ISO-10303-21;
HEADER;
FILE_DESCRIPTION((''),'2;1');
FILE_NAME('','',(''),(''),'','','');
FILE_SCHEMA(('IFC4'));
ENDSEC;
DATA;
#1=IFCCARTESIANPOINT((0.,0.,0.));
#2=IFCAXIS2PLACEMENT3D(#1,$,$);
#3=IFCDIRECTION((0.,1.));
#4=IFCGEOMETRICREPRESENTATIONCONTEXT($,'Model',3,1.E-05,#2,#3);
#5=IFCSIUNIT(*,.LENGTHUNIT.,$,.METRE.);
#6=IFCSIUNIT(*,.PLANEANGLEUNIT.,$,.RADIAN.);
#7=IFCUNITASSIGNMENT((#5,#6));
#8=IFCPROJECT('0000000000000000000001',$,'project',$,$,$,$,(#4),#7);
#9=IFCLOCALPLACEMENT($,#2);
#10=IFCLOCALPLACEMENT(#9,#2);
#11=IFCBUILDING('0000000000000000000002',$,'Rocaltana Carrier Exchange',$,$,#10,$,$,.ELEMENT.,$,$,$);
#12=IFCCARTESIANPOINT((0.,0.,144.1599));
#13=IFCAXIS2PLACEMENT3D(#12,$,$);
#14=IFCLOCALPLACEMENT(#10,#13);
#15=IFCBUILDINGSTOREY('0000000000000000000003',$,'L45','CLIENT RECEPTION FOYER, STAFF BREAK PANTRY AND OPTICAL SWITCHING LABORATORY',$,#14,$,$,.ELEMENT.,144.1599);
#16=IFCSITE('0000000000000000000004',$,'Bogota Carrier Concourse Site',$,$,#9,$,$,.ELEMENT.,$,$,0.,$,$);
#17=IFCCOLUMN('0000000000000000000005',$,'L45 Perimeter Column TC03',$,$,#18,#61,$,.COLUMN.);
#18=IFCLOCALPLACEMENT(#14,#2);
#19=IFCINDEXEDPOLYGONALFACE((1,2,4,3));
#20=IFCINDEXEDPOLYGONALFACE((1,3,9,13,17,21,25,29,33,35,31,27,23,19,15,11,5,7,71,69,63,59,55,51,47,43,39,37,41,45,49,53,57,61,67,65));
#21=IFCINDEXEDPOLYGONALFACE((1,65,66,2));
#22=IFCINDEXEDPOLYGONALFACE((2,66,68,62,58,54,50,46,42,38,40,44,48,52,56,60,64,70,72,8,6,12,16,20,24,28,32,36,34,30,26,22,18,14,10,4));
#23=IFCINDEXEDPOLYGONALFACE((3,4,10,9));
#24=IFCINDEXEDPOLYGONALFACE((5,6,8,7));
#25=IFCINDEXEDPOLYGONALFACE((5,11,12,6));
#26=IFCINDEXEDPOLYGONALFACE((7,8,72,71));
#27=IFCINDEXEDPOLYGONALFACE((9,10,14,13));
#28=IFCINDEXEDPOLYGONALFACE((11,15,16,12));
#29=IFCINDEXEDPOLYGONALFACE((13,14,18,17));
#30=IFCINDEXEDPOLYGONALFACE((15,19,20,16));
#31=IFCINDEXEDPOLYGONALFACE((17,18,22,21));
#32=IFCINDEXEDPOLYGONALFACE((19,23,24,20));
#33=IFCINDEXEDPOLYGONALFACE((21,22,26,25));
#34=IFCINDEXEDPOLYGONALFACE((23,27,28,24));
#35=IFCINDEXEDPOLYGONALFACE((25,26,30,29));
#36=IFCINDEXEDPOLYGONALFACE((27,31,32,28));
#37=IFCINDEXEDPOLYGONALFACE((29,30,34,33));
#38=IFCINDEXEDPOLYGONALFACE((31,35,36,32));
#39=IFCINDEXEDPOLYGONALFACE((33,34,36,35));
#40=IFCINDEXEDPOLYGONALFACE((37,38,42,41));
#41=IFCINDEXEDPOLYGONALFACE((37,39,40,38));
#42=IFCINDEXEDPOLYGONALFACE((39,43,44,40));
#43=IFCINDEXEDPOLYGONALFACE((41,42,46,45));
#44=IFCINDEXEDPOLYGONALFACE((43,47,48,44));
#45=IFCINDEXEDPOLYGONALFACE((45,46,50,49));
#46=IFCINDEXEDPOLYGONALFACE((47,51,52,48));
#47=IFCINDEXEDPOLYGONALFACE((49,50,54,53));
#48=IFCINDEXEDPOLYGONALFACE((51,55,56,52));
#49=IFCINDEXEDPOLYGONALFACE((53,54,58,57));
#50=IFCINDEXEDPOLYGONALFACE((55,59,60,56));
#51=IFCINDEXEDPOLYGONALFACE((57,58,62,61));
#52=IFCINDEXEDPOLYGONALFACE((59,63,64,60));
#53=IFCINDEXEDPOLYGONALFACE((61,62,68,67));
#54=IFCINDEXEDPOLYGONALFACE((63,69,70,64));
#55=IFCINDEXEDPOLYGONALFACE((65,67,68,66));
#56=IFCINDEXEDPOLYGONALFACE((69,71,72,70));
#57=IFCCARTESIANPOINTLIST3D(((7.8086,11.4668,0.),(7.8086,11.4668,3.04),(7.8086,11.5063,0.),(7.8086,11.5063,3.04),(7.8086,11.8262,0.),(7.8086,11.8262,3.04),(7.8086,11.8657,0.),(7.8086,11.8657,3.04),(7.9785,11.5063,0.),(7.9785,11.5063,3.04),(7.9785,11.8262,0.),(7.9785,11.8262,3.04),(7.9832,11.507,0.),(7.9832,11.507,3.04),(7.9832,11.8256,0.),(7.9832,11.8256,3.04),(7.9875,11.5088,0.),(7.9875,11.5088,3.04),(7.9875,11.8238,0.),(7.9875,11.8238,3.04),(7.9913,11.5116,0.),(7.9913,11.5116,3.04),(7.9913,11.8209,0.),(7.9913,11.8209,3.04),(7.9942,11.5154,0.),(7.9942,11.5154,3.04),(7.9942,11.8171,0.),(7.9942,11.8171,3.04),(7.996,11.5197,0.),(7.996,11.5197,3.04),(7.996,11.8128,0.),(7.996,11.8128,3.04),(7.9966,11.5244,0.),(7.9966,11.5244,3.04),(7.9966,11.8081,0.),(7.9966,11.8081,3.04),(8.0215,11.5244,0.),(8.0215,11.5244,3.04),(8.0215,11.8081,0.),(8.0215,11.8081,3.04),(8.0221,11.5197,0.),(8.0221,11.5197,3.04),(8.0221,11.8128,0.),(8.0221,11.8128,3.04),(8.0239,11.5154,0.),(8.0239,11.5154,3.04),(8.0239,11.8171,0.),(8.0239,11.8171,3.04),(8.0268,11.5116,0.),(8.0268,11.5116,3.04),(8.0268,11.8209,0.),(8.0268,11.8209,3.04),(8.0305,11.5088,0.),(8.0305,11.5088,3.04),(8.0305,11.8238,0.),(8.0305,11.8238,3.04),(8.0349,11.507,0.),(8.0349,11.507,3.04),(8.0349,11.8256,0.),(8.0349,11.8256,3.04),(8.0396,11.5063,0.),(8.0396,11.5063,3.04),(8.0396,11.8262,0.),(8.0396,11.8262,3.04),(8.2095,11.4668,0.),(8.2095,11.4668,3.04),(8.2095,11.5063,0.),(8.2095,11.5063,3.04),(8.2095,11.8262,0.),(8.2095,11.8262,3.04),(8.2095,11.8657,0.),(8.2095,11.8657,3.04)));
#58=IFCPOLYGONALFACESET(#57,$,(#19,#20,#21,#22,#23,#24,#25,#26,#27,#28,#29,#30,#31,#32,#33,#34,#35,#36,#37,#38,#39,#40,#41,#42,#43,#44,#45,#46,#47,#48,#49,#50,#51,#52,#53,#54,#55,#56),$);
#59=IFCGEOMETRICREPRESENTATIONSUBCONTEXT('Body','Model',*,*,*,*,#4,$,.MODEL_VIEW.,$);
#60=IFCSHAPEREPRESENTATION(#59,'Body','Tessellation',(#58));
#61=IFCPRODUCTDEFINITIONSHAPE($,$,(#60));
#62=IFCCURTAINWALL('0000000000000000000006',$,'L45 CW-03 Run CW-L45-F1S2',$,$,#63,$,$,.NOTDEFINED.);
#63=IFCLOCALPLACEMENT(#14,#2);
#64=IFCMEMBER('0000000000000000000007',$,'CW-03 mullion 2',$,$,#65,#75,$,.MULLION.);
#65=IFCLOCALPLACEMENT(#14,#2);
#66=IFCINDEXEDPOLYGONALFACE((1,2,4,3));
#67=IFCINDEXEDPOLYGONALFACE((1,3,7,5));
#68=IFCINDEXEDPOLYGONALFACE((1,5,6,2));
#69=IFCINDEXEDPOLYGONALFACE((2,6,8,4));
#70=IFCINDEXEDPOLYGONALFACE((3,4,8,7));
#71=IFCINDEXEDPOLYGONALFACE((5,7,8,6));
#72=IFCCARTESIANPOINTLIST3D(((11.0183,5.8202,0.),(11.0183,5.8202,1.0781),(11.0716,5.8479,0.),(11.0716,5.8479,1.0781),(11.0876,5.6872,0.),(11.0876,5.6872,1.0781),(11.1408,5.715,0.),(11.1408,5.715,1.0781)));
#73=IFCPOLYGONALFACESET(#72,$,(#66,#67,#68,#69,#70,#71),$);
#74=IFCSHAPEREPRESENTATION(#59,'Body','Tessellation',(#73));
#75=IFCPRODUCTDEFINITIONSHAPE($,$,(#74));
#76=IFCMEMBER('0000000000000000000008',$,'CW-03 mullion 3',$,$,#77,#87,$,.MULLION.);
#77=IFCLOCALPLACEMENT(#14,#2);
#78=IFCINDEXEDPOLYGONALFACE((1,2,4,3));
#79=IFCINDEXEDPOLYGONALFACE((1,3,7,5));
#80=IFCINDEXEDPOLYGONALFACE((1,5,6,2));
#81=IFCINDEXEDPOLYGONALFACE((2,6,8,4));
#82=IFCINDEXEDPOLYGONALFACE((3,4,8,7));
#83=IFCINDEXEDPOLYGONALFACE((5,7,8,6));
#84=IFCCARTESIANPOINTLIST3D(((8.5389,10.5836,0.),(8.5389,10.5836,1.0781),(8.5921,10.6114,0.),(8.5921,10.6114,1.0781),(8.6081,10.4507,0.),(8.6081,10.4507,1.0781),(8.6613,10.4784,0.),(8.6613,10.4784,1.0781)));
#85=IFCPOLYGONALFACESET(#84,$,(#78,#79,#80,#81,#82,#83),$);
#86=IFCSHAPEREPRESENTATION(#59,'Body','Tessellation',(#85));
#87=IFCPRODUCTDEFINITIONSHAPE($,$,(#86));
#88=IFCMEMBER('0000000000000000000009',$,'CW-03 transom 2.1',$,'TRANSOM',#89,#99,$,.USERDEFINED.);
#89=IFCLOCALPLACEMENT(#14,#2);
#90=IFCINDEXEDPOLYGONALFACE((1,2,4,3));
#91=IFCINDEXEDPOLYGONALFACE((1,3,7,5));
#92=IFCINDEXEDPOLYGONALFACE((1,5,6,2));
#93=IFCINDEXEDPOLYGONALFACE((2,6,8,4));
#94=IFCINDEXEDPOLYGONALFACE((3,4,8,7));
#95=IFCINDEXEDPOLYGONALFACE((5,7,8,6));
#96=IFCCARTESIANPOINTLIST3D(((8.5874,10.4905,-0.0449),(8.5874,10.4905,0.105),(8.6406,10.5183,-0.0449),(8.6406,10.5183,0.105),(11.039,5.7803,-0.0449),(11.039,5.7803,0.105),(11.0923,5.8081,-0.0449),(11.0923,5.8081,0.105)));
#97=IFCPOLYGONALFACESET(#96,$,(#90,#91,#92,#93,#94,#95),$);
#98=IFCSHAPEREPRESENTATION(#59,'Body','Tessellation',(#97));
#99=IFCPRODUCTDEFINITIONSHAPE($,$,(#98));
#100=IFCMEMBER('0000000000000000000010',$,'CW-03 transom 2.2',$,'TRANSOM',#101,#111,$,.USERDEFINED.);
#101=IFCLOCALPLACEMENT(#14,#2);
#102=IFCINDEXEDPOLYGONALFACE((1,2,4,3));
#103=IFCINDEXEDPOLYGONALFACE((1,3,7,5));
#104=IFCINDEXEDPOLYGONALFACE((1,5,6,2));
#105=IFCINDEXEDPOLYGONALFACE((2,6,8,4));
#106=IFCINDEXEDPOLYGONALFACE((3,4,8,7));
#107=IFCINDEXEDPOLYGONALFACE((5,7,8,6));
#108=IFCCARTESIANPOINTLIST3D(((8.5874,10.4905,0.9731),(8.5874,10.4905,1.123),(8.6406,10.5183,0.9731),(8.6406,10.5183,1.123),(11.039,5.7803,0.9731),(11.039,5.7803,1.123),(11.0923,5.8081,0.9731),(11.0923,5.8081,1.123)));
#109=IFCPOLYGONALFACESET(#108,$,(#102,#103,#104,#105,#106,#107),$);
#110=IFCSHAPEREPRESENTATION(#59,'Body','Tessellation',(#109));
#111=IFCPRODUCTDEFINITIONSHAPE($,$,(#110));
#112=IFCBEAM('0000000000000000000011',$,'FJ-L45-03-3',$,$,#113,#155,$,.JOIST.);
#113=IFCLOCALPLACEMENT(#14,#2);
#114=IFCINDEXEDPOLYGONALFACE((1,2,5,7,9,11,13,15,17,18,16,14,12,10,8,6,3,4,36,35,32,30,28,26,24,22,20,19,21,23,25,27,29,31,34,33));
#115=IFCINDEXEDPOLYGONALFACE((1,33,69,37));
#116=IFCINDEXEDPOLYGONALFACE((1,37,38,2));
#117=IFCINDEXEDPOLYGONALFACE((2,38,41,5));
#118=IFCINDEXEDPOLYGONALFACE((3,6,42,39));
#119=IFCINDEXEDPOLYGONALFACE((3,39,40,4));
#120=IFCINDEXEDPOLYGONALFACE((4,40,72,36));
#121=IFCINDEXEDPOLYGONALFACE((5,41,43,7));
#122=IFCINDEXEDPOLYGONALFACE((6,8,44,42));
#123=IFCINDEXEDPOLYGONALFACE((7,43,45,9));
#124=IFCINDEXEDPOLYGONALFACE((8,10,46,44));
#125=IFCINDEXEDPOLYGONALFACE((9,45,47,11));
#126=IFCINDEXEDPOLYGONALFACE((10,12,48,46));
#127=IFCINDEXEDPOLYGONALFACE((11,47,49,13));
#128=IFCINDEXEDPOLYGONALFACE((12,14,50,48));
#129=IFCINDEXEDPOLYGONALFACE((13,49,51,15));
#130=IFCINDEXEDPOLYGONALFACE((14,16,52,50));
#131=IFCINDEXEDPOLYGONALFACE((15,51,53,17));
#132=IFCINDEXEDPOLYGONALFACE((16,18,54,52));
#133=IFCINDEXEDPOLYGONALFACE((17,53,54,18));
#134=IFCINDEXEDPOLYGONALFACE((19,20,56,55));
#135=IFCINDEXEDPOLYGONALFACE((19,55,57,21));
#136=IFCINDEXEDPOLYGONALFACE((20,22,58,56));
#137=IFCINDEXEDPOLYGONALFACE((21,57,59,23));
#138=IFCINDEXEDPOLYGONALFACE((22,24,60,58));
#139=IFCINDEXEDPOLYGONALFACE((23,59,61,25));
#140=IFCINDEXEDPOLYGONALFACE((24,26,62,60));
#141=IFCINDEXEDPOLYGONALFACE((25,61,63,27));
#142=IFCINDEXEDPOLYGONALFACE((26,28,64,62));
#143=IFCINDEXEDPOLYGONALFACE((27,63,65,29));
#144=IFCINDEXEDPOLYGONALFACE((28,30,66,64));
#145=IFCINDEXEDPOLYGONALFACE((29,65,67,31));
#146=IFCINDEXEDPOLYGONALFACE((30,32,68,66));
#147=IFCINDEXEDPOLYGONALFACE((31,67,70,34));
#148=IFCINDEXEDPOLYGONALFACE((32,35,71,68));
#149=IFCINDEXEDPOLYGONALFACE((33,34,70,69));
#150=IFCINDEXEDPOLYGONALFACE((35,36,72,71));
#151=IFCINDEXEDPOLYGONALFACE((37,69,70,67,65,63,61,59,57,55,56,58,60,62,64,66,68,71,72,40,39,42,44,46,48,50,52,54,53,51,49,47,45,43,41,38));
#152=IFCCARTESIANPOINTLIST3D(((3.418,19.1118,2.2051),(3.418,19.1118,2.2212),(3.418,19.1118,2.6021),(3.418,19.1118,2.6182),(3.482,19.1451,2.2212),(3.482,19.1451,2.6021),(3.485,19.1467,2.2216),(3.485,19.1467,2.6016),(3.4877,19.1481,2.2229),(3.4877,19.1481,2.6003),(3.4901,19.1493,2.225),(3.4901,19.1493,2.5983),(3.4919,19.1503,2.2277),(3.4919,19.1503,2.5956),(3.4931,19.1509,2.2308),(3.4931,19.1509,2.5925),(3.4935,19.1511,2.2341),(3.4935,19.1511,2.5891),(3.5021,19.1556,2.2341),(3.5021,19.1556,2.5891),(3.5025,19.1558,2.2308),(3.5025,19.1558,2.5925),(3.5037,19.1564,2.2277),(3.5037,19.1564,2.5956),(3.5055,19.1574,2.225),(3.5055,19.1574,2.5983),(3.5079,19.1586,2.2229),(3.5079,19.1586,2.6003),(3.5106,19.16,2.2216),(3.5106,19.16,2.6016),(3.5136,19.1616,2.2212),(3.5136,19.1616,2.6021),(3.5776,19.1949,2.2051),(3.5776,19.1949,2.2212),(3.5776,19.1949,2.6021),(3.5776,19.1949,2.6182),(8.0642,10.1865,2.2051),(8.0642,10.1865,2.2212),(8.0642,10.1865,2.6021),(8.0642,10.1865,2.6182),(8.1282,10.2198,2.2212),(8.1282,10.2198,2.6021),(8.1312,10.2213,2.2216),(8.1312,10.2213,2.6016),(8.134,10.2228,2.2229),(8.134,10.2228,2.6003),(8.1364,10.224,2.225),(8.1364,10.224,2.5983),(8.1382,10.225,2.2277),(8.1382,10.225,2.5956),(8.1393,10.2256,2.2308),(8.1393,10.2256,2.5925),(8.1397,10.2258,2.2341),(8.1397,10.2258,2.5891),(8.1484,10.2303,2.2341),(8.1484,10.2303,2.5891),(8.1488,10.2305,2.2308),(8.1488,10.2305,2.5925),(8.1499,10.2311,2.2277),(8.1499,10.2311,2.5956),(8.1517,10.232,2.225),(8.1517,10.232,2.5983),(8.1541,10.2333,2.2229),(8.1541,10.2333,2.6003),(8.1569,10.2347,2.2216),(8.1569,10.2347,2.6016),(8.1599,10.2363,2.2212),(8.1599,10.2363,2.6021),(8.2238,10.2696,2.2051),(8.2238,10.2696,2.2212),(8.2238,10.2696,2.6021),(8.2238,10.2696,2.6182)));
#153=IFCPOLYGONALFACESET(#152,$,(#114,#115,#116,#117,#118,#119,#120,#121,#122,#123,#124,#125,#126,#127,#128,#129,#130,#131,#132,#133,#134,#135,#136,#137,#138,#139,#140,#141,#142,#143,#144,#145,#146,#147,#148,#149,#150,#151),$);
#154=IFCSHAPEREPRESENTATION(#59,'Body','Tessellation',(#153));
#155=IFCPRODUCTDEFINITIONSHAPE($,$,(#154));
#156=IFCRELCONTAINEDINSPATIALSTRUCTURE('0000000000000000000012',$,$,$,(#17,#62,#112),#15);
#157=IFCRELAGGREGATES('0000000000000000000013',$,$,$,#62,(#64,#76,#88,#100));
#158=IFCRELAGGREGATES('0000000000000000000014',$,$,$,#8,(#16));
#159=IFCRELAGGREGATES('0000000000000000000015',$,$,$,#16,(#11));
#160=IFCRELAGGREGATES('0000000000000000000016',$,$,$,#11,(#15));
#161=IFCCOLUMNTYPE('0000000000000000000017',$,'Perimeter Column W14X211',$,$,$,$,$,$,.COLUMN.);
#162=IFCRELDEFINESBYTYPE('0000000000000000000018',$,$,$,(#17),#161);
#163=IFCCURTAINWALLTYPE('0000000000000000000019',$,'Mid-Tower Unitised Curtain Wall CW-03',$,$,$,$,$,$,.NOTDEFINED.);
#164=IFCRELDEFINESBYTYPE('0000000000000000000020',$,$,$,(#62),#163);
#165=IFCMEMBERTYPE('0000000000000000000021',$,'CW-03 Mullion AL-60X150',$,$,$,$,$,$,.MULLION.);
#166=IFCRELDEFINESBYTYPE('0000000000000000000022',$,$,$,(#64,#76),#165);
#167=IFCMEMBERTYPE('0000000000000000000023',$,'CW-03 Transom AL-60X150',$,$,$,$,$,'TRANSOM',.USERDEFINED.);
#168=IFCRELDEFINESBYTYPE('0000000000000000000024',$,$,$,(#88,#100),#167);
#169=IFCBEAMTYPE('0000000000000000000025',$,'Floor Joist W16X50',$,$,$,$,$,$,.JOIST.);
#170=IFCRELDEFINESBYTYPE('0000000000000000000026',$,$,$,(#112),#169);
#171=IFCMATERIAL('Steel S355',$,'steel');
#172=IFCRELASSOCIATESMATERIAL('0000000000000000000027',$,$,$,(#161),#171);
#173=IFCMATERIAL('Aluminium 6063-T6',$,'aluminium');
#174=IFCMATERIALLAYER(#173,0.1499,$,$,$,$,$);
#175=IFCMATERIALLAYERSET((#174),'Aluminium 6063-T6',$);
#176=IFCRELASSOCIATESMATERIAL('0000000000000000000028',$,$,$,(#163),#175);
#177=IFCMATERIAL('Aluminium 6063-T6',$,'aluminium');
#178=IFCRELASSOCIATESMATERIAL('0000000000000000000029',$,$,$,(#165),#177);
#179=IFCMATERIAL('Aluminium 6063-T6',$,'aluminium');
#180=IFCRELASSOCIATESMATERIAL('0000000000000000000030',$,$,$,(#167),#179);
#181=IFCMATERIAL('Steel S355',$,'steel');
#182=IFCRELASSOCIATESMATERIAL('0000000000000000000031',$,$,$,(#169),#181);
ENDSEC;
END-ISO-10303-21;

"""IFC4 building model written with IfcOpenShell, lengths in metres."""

from ifc_helpers import new_model, si_unit, direction, frame, origin, origin_2d, place, context, subcontext, project, spatial, rectangle, i_section, extrude, material, layer, layer_set, material_profile, profile_set, type_object, element, aggregate, save


model = new_model("IFC4")

# Units and contexts
model_context = context("Model", 3, precision=1e-05, world=origin(), true_north=direction((0.0, 1.0)))
body_context = subcontext(model_context, "Body", "Model", "MODEL_VIEW")
ifc_project = project(units=[si_unit("LENGTHUNIT", "METRE"), si_unit("PLANEANGLEUNIT", "RADIAN")], contexts=[model_context])

# Site, building, storey
site_placement = place(None, origin())
site = spatial("IfcSite", under=ifc_project, at=site_placement, Name="Bogota Carrier Concourse Site", CompositionType="ELEMENT", RefElevation=0.0)
building_placement = place(site_placement, origin())
building = spatial("IfcBuilding", under=site, at=building_placement, Name="Rocaltana Carrier Exchange", CompositionType="ELEMENT")
storey_placement = place(building_placement, frame((0.0, 0.0, 144.1599)))
storey = spatial("IfcBuildingStorey", under=building, at=storey_placement, Name="L45", Description="CLIENT RECEPTION FOYER, STAFF BREAK PANTRY AND OPTICAL SWITCHING LABORATORY", CompositionType="ELEMENT", Elevation=144.1599)

# Column
ifc_material_1 = material(Name="Steel S355", Category="steel")
ifc_material_profile_1 = material_profile(ifc_material_1, i_section(OverallWidth=0.4009, OverallDepth=0.3989, WebThickness=0.0249, FlangeThickness=0.0396, FilletRadius=0.0181, at=origin_2d()), Name="W14X211")
ifc_profile_set_1 = profile_set([ifc_material_profile_1], Name="Steel S355")
column_type = type_object("IfcColumnType", Name="Perimeter Column W14X211", PredefinedType="COLUMN", material=ifc_profile_set_1)
column_placement = place(storey_placement, frame((8.009, 11.6663, 0.0), z_axis=(0.0, 0.0, 1.0), x_axis=(1.0, 0.0, 0.0)))
element("IfcColumn", 1, at=column_placement, inside=storey, type_object=column_type, Name="L45 Perimeter Column TC03", PredefinedType="COLUMN", context=body_context, shape_type="SweptSolid", body=[
    extrude(i_section(OverallWidth=0.4009, OverallDepth=0.3989, WebThickness=0.0249, FlangeThickness=0.0396, FilletRadius=0.0181, at=origin_2d()), origin(), (0.0, 0.0, 1.0), 3.04),
])

# Curtain wall, members
ifc_material_2 = material(Name="Aluminium 6063-T6", Category="aluminium")
ifc_layer_1 = layer(ifc_material_2, 0.1499)
ifc_layer_set_1 = layer_set([ifc_layer_1], Name="Aluminium 6063-T6")
curtain_wall_type = type_object("IfcCurtainWallType", Name="Mid-Tower Unitised Curtain Wall CW-03", PredefinedType="NOTDEFINED", material=ifc_layer_set_1)
curtain_wall_placement = place(storey_placement, origin())
curtain_wall = element("IfcCurtainWall", 2, at=curtain_wall_placement, inside=storey, type_object=curtain_wall_type, Name="L45 CW-03 Run CW-L45-F1S2", PredefinedType="NOTDEFINED")
ifc_material_3 = material(Name="Aluminium 6063-T6", Category="aluminium")
ifc_material_profile_2 = material_profile(ifc_material_3, rectangle(XDim=0.0601, YDim=0.1499, at=origin_2d()), Name="AL-60X150")
ifc_profile_set_2 = profile_set([ifc_material_profile_2], Name="Aluminium 6063-T6")
member_type_1 = type_object("IfcMemberType", Name="CW-03 Mullion AL-60X150", PredefinedType="MULLION", material=ifc_profile_set_2)
member_1_placement = place(storey_placement, frame((11.0796, 5.7676, 0.0), z_axis=(0.0, 0.0, 1.0), x_axis=(-0.887012, -0.461747, 0.0)))
member_1 = element("IfcMember", 3, at=member_1_placement, type_object=member_type_1, Name="CW-03 mullion 2", PredefinedType="MULLION", context=body_context, shape_type="SweptSolid", body=[
    extrude(rectangle(XDim=0.0601, YDim=0.1499, at=origin_2d()), origin(), (0.0, 0.0, 1.0), 1.0781),
])
member_2_placement = place(storey_placement, frame((8.6001, 10.531, 0.0), z_axis=(0.0, 0.0, 1.0), x_axis=(-0.887012, -0.461747, 0.0)))
member_2 = element("IfcMember", 4, at=member_2_placement, type_object=member_type_1, Name="CW-03 mullion 3", PredefinedType="MULLION", context=body_context, shape_type="SweptSolid", body=[
    extrude(rectangle(XDim=0.0601, YDim=0.1499, at=origin_2d()), origin(), (0.0, 0.0, 1.0), 1.0781),
])
ifc_material_4 = material(Name="Aluminium 6063-T6", Category="aluminium")
ifc_material_profile_3 = material_profile(ifc_material_4, rectangle(XDim=0.0601, YDim=0.1499, at=origin_2d()), Name="AL-60X150")
ifc_profile_set_3 = profile_set([ifc_material_profile_3], Name="Aluminium 6063-T6")
member_type_2 = type_object("IfcMemberType", Name="CW-03 Transom AL-60X150", ElementType="TRANSOM", PredefinedType="USERDEFINED", material=ifc_profile_set_3)
member_3_placement = place(storey_placement, frame((11.0657, 5.7942, 0.03), z_axis=(-0.461702, 0.887035, 0.0), x_axis=(-0.887035, -0.461702, 0.0)))
member_3 = element("IfcMember", 5, at=member_3_placement, type_object=member_type_2, Name="CW-03 transom 2.1", ObjectType="TRANSOM", PredefinedType="USERDEFINED", context=body_context, shape_type="SweptSolid", body=[
    extrude(rectangle(XDim=0.0601, YDim=0.1499, at=origin_2d()), origin(), (0.0, 0.0, 1.0), 5.3101),
])
member_4_placement = place(storey_placement, frame((11.0657, 5.7942, 1.0481), z_axis=(-0.461702, 0.887035, 0.0), x_axis=(-0.887035, -0.461702, 0.0)))
member_4 = element("IfcMember", 6, at=member_4_placement, type_object=member_type_2, Name="CW-03 transom 2.2", ObjectType="TRANSOM", PredefinedType="USERDEFINED", context=body_context, shape_type="SweptSolid", body=[
    extrude(rectangle(XDim=0.0601, YDim=0.1499, at=origin_2d()), origin(), (0.0, 0.0, 1.0), 5.3101),
])

# Beam
ifc_material_5 = material(Name="Steel S355", Category="steel")
ifc_material_profile_4 = material_profile(ifc_material_5, i_section(OverallWidth=0.1799, OverallDepth=0.4131, WebThickness=0.0098, FlangeThickness=0.0161, FilletRadius=0.0129, at=origin_2d()), Name="W16X50")
ifc_profile_set_4 = profile_set([ifc_material_profile_4], Name="Steel S355")
beam_type_1 = type_object("IfcBeamType", Name="Floor Joist W16X50", PredefinedType="JOIST", material=ifc_profile_set_4)
beam_1_placement = place(storey_placement, frame((8.144, 10.228, 2.4116), z_axis=(-0.461751, 0.88701, 0.0), x_axis=(-0.88701, -0.461751, 0.0)))
element("IfcBeam", 7, at=beam_1_placement, inside=storey, type_object=beam_type_1, Name="FJ-L45-03-3", PredefinedType="JOIST", context=body_context, shape_type="SweptSolid", body=[
    extrude(i_section(OverallWidth=0.1799, OverallDepth=0.4131, WebThickness=0.0098, FlangeThickness=0.0161, FilletRadius=0.0129, at=origin_2d()), origin(), (0.0, 0.0, 1.0), 10.0623),
])

aggregate(curtain_wall, [member_1, member_2, member_3, member_4])

save(model, "model.ifc")
